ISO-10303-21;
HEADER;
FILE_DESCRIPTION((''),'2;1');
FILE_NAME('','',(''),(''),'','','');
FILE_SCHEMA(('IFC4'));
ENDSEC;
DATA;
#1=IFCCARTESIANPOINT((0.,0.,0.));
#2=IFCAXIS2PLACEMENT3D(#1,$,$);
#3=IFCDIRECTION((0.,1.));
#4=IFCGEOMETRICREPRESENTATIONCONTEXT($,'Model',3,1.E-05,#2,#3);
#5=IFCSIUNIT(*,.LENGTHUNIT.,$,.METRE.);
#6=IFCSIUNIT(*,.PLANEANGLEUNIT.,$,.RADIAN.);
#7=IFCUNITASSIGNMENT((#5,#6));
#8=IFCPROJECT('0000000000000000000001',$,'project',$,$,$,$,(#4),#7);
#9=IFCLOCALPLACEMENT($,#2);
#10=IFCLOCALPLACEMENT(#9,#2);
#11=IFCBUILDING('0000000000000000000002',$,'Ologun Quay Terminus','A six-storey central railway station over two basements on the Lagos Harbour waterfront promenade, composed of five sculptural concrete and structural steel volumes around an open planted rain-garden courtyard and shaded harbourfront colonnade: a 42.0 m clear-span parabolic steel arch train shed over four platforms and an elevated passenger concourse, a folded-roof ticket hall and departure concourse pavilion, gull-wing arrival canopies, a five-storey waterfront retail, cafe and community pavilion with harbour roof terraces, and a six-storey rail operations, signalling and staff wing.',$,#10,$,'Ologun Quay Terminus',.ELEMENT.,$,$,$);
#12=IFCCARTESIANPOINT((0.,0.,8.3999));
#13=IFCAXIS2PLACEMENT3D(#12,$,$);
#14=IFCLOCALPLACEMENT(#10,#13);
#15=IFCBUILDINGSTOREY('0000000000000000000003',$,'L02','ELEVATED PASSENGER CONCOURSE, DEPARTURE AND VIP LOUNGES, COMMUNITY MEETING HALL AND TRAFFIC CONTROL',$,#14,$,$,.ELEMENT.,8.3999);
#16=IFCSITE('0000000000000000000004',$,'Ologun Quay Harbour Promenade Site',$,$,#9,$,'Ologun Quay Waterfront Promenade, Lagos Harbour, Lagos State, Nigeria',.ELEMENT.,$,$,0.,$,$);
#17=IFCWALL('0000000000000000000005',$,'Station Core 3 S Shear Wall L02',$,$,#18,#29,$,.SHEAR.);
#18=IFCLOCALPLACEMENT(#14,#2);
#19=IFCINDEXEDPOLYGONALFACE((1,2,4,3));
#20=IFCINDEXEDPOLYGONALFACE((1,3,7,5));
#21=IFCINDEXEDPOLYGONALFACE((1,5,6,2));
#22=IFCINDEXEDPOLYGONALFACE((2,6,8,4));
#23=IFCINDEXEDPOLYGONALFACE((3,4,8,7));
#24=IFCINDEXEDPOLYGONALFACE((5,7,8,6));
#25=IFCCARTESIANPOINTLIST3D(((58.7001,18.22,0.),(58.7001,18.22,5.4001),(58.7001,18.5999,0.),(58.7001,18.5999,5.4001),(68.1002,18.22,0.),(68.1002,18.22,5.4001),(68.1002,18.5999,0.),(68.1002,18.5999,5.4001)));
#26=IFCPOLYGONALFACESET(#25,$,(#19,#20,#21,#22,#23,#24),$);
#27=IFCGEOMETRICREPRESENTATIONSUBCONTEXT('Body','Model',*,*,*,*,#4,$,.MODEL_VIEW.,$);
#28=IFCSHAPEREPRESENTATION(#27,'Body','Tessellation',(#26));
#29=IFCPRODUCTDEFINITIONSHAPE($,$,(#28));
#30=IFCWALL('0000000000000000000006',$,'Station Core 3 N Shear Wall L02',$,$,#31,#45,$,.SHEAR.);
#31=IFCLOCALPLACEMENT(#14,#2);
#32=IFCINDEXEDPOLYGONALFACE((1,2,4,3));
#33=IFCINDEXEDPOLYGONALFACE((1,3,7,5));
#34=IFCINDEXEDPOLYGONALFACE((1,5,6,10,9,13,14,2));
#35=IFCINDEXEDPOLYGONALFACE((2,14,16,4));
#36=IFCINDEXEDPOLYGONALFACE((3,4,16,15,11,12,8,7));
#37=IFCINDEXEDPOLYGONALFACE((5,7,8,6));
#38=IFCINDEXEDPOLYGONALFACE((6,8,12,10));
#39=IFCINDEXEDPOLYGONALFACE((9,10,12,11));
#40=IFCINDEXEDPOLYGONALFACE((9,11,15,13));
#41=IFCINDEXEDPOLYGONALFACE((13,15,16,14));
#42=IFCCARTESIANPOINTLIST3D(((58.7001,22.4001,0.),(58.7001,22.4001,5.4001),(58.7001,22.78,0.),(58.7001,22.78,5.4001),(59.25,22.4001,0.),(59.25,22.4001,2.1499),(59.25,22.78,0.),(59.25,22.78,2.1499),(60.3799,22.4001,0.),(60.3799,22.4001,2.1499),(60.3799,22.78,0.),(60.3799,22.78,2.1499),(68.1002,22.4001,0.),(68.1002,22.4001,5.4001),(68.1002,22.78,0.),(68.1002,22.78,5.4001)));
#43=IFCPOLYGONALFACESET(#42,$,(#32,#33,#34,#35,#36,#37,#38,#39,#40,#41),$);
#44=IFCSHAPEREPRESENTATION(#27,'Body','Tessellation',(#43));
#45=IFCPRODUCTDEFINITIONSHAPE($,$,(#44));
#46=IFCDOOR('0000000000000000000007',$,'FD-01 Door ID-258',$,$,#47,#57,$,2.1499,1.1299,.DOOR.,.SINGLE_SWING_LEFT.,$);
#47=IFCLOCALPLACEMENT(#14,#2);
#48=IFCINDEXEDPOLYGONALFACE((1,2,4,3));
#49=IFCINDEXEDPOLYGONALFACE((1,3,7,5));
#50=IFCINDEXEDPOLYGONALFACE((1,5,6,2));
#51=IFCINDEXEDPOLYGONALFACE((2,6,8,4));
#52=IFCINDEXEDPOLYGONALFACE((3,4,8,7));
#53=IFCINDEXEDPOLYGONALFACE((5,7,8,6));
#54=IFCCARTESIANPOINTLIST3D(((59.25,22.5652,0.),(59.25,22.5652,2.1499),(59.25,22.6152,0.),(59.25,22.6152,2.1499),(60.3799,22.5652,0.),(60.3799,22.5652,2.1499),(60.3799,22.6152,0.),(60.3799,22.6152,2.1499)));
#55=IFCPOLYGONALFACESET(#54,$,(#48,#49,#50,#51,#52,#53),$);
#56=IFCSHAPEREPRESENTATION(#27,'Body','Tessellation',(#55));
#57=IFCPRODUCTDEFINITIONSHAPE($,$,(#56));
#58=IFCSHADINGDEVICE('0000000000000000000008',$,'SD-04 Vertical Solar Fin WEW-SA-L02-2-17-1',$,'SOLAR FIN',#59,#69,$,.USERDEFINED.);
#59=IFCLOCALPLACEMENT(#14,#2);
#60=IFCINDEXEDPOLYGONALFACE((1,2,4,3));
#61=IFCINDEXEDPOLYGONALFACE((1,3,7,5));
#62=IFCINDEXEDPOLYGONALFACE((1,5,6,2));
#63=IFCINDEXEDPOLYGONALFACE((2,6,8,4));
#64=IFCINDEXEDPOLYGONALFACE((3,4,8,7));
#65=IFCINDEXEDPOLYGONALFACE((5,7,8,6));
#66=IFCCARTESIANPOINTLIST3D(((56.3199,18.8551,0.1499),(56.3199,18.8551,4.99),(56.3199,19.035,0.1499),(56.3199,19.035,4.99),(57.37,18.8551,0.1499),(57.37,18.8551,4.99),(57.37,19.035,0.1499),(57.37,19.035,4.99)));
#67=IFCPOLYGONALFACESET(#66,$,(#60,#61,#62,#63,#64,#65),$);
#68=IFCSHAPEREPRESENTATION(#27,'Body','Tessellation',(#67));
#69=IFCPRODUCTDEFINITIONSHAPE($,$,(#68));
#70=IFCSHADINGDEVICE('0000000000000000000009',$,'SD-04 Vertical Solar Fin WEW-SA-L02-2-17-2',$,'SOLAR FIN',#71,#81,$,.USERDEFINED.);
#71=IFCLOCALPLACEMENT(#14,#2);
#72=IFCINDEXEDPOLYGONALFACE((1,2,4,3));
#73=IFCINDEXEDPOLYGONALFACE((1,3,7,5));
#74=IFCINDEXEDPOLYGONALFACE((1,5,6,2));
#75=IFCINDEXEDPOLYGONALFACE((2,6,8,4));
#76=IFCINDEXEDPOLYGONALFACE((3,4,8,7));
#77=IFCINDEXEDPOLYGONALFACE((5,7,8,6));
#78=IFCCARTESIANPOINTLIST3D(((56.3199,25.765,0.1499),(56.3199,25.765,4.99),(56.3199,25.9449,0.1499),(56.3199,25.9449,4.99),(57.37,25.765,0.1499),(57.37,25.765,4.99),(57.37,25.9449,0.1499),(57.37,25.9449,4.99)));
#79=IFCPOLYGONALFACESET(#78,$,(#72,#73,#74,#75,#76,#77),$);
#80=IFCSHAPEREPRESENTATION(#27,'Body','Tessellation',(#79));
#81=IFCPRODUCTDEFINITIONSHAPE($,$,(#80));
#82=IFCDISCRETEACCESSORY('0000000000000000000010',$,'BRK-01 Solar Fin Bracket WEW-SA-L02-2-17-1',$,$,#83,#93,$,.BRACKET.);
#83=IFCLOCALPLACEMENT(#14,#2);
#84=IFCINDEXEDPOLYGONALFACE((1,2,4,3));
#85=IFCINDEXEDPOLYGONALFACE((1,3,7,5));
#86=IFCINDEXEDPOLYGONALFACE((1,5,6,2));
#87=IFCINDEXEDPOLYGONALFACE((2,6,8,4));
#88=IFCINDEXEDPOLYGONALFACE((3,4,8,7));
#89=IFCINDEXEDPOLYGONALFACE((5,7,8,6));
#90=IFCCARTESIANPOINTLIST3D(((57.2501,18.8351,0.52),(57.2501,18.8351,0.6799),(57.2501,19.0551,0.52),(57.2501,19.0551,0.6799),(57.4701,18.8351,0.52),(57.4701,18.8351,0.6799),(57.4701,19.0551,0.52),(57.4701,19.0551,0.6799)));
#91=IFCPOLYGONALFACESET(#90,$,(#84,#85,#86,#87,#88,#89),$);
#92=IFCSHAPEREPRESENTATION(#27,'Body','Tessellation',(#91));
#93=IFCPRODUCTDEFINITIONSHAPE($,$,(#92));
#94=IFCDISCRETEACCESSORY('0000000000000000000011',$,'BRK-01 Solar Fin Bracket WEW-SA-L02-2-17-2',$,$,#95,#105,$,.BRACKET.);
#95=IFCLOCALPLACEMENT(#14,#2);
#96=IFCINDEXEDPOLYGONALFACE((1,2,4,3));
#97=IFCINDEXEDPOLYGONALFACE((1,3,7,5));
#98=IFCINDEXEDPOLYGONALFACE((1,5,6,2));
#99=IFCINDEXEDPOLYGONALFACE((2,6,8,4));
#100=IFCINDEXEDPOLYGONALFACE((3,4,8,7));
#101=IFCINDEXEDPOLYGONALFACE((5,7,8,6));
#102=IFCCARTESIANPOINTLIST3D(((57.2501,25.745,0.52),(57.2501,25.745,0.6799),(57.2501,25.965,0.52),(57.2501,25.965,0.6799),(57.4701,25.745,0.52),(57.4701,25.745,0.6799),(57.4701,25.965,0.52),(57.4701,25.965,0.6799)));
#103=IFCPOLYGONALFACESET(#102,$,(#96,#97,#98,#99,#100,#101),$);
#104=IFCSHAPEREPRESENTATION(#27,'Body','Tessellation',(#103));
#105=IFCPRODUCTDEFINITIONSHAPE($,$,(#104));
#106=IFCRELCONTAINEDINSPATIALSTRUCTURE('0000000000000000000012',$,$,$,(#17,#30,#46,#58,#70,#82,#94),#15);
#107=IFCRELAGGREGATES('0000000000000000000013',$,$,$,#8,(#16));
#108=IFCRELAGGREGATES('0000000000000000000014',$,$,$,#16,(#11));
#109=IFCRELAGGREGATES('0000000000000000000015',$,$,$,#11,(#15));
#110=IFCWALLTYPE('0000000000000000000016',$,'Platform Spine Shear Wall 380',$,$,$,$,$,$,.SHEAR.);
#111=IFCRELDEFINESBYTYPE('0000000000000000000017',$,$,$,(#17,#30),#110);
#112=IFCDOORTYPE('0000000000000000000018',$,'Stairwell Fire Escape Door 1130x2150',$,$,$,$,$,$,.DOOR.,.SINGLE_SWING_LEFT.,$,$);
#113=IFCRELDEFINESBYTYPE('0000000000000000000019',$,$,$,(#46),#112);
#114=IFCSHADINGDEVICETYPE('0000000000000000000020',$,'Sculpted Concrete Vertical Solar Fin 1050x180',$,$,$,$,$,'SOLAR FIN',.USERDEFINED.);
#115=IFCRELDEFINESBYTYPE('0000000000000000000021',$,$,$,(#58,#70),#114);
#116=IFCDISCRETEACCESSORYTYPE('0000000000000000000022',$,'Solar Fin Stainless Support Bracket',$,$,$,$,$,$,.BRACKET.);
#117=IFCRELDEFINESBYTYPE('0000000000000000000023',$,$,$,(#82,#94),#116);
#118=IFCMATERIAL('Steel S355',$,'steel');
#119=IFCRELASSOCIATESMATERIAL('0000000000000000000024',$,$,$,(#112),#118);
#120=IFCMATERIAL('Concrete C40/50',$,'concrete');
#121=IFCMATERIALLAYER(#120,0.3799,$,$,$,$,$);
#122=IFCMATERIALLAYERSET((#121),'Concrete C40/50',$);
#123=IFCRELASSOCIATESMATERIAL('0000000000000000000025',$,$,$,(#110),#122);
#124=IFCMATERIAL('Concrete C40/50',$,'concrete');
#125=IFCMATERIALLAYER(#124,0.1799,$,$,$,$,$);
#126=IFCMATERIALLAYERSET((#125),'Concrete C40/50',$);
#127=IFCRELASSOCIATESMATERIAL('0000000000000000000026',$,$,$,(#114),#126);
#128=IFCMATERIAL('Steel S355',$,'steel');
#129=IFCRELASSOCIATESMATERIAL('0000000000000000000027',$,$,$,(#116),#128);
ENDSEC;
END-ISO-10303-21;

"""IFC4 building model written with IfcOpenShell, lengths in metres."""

from ifc_helpers import new_model, si_unit, direction, frame, frame_2d, origin, origin_2d, place, context, subcontext, project, spatial, rectangle, extrude, material, layer, layer_set, type_object, element, fill, save


model = new_model("IFC4")

# Units and contexts
model_context = context("Model", 3, precision=1e-05, world=origin(), true_north=direction((0.0, 1.0)))
body_context = subcontext(model_context, "Body", "Model", "MODEL_VIEW")
ifc_project = project(units=[si_unit("LENGTHUNIT", "METRE"), si_unit("PLANEANGLEUNIT", "RADIAN")], contexts=[model_context])

# Site, building, storey
site_placement = place(None, origin())
site = spatial("IfcSite", under=ifc_project, at=site_placement, Name="Ologun Quay Harbour Promenade Site", LongName="Ologun Quay Waterfront Promenade, Lagos Harbour, Lagos State, Nigeria", CompositionType="ELEMENT", RefElevation=0.0)
building_placement = place(site_placement, origin())
building = spatial("IfcBuilding", under=site, at=building_placement, Name="Ologun Quay Terminus", Description="A six-storey central railway station over two basements on the Lagos Harbour waterfront promenade, composed of five sculptural concrete and structural steel volumes around an open planted rain-garden courtyard and shaded harbourfront colonnade: a 42.0 m clear-span parabolic steel arch train shed over four platforms and an elevated passenger concourse, a folded-roof ticket hall and departure concourse pavilion, gull-wing arrival canopies, a five-storey waterfront retail, cafe and community pavilion with harbour roof terraces, and a six-storey rail operations, signalling and staff wing.", LongName="Ologun Quay Terminus", CompositionType="ELEMENT")
storey_placement = place(building_placement, frame((0.0, 0.0, 8.3999)))
storey = spatial("IfcBuildingStorey", under=building, at=storey_placement, Name="L02", Description="ELEVATED PASSENGER CONCOURSE, DEPARTURE AND VIP LOUNGES, COMMUNITY MEETING HALL AND TRAFFIC CONTROL", CompositionType="ELEMENT", Elevation=8.3999)

# Shared definitions
ifc_material_1 = material(Name="Steel S355", Category="steel")
door_type = type_object("IfcDoorType", Name="Stairwell Fire Escape Door 1130x2150", OperationType="SINGLE_SWING_LEFT", PredefinedType="DOOR", material=ifc_material_1)

# Wall
ifc_material_2 = material(Name="Concrete C40/50", Category="concrete")
ifc_layer_1 = layer(ifc_material_2, 0.3799)
ifc_layer_set_1 = layer_set([ifc_layer_1], Name="Concrete C40/50")
wall_type_1 = type_object("IfcWallType", Name="Platform Spine Shear Wall 380", PredefinedType="SHEAR", material=ifc_layer_set_1)
wall_1_placement = place(storey_placement, frame((58.7, 18.4099, 0.0), z_axis=(0.0, 0.0, 1.0), x_axis=(1.0, 0.0, 0.0)))
element("IfcWall", 1, at=wall_1_placement, inside=storey, type_object=wall_type_1, Name="Station Core 3 S Shear Wall L02", PredefinedType="SHEAR", context=body_context, shape_type="SweptSolid", body=[
    extrude(rectangle(XDim=9.4001, YDim=0.3799, at=frame_2d((4.7002, 0.0))), origin(), (0.0, 0.0, 1.0), 5.4001),
])

# Wall, opening, door
wall_2_placement = place(storey_placement, frame((58.7, 22.5901, 0.0), z_axis=(0.0, 0.0, 1.0), x_axis=(1.0, 0.0, 0.0)))
wall_2 = element("IfcWall", 2, at=wall_2_placement, inside=storey, type_object=wall_type_1, Name="Station Core 3 N Shear Wall L02", PredefinedType="SHEAR", context=body_context, shape_type="SweptSolid", body=[
    extrude(rectangle(XDim=9.4001, YDim=0.3799, at=frame_2d((4.7002, 0.0))), origin(), (0.0, 0.0, 1.0), 5.4001),
])
opening_1_placement = place(wall_2_placement, frame((0.55, 0.0, 0.0)))
opening_1 = element("IfcOpeningElement", 3, at=opening_1_placement, cuts=wall_2, PredefinedType="OPENING", context=body_context, shape_type="SweptSolid", body=[
    extrude(rectangle(XDim=1.1299, YDim=2.1499, at=frame_2d((0.5649, 1.075))), frame((0.0, 0.2, 0.0), z_axis=(0.0, -1.0, 0.0), x_axis=(1.0, 0.0, 0.0)), (0.0, 0.0, 1.0), 0.3999),
])
door_1_placement = place(opening_1_placement, frame((0.5649, 0.0, 0.0), z_axis=(0.0, 0.0, 1.0), x_axis=(-1.0, 0.0, 0.0)))
door_1 = element("IfcDoor", 4, at=door_1_placement, inside=storey, type_object=door_type, Name="FD-01 Door ID-258", OperationType="SINGLE_SWING_LEFT", OverallHeight=2.1499, OverallWidth=1.1299, PredefinedType="DOOR", context=body_context, shape_type="SweptSolid", body=[
    extrude(rectangle(XDim=1.1299, YDim=2.1499, at=frame_2d((0.0, 1.075))), frame((0.0, 0.0249, 0.0), z_axis=(0.0, -1.0, 0.0), x_axis=(1.0, 0.0, 0.0)), (0.0, 0.0, 1.0), 0.05),
])
fill(opening_1, door_1)

# Shading devices
ifc_material_3 = material(Name="Concrete C40/50", Category="concrete")
ifc_layer_2 = layer(ifc_material_3, 0.1799)
ifc_layer_set_2 = layer_set([ifc_layer_2], Name="Concrete C40/50")
shading_device_type = type_object("IfcShadingDeviceType", Name="Sculpted Concrete Vertical Solar Fin 1050x180", ElementType="SOLAR FIN", PredefinedType="USERDEFINED", material=ifc_layer_set_2)
for number, where, z_axis, x_axis, name in (
    (5, (56.845, 18.9451, 0.1499), (0.0, 0.0, 1.0), (1.0, 0.0, 0.0), "SD-04 Vertical Solar Fin WEW-SA-L02-2-17-1"),
    (6, (56.845, 25.855, 0.1499), (0.0, 0.0, 1.0), (1.0, 0.0, 0.0), "SD-04 Vertical Solar Fin WEW-SA-L02-2-17-2"),
):
    element("IfcShadingDevice", number, at=place(storey_placement, frame(where, z_axis=z_axis, x_axis=x_axis)), inside=storey, type_object=shading_device_type, Name=name, ObjectType="SOLAR FIN", PredefinedType="USERDEFINED", context=body_context, shape_type="SweptSolid", body=[
        extrude(rectangle(XDim=1.05, YDim=0.1799, at=origin_2d()), origin(), (0.0, 0.0, 1.0), 4.8401),
    ])

# Discrete accessories
ifc_material_4 = material(Name="Steel S355", Category="steel")
discrete_accessory_type = type_object("IfcDiscreteAccessoryType", Name="Solar Fin Stainless Support Bracket", PredefinedType="BRACKET", material=ifc_material_4)
for number, where, z_axis, x_axis, name in (
    (7, (57.3601, 18.9451, 0.52), (0.0, 0.0, 1.0), (1.0, 0.0, 0.0), "BRK-01 Solar Fin Bracket WEW-SA-L02-2-17-1"),
    (8, (57.3601, 25.855, 0.52), (0.0, 0.0, 1.0), (1.0, 0.0, 0.0), "BRK-01 Solar Fin Bracket WEW-SA-L02-2-17-2"),
):
    element("IfcDiscreteAccessory", number, at=place(storey_placement, frame(where, z_axis=z_axis, x_axis=x_axis)), inside=storey, type_object=discrete_accessory_type, Name=name, PredefinedType="BRACKET", context=body_context, shape_type="SweptSolid", body=[
        extrude(rectangle(XDim=0.22, YDim=0.22, at=origin_2d()), origin(), (0.0, 0.0, 1.0), 0.1599),
    ])

save(model, "model.ifc")
